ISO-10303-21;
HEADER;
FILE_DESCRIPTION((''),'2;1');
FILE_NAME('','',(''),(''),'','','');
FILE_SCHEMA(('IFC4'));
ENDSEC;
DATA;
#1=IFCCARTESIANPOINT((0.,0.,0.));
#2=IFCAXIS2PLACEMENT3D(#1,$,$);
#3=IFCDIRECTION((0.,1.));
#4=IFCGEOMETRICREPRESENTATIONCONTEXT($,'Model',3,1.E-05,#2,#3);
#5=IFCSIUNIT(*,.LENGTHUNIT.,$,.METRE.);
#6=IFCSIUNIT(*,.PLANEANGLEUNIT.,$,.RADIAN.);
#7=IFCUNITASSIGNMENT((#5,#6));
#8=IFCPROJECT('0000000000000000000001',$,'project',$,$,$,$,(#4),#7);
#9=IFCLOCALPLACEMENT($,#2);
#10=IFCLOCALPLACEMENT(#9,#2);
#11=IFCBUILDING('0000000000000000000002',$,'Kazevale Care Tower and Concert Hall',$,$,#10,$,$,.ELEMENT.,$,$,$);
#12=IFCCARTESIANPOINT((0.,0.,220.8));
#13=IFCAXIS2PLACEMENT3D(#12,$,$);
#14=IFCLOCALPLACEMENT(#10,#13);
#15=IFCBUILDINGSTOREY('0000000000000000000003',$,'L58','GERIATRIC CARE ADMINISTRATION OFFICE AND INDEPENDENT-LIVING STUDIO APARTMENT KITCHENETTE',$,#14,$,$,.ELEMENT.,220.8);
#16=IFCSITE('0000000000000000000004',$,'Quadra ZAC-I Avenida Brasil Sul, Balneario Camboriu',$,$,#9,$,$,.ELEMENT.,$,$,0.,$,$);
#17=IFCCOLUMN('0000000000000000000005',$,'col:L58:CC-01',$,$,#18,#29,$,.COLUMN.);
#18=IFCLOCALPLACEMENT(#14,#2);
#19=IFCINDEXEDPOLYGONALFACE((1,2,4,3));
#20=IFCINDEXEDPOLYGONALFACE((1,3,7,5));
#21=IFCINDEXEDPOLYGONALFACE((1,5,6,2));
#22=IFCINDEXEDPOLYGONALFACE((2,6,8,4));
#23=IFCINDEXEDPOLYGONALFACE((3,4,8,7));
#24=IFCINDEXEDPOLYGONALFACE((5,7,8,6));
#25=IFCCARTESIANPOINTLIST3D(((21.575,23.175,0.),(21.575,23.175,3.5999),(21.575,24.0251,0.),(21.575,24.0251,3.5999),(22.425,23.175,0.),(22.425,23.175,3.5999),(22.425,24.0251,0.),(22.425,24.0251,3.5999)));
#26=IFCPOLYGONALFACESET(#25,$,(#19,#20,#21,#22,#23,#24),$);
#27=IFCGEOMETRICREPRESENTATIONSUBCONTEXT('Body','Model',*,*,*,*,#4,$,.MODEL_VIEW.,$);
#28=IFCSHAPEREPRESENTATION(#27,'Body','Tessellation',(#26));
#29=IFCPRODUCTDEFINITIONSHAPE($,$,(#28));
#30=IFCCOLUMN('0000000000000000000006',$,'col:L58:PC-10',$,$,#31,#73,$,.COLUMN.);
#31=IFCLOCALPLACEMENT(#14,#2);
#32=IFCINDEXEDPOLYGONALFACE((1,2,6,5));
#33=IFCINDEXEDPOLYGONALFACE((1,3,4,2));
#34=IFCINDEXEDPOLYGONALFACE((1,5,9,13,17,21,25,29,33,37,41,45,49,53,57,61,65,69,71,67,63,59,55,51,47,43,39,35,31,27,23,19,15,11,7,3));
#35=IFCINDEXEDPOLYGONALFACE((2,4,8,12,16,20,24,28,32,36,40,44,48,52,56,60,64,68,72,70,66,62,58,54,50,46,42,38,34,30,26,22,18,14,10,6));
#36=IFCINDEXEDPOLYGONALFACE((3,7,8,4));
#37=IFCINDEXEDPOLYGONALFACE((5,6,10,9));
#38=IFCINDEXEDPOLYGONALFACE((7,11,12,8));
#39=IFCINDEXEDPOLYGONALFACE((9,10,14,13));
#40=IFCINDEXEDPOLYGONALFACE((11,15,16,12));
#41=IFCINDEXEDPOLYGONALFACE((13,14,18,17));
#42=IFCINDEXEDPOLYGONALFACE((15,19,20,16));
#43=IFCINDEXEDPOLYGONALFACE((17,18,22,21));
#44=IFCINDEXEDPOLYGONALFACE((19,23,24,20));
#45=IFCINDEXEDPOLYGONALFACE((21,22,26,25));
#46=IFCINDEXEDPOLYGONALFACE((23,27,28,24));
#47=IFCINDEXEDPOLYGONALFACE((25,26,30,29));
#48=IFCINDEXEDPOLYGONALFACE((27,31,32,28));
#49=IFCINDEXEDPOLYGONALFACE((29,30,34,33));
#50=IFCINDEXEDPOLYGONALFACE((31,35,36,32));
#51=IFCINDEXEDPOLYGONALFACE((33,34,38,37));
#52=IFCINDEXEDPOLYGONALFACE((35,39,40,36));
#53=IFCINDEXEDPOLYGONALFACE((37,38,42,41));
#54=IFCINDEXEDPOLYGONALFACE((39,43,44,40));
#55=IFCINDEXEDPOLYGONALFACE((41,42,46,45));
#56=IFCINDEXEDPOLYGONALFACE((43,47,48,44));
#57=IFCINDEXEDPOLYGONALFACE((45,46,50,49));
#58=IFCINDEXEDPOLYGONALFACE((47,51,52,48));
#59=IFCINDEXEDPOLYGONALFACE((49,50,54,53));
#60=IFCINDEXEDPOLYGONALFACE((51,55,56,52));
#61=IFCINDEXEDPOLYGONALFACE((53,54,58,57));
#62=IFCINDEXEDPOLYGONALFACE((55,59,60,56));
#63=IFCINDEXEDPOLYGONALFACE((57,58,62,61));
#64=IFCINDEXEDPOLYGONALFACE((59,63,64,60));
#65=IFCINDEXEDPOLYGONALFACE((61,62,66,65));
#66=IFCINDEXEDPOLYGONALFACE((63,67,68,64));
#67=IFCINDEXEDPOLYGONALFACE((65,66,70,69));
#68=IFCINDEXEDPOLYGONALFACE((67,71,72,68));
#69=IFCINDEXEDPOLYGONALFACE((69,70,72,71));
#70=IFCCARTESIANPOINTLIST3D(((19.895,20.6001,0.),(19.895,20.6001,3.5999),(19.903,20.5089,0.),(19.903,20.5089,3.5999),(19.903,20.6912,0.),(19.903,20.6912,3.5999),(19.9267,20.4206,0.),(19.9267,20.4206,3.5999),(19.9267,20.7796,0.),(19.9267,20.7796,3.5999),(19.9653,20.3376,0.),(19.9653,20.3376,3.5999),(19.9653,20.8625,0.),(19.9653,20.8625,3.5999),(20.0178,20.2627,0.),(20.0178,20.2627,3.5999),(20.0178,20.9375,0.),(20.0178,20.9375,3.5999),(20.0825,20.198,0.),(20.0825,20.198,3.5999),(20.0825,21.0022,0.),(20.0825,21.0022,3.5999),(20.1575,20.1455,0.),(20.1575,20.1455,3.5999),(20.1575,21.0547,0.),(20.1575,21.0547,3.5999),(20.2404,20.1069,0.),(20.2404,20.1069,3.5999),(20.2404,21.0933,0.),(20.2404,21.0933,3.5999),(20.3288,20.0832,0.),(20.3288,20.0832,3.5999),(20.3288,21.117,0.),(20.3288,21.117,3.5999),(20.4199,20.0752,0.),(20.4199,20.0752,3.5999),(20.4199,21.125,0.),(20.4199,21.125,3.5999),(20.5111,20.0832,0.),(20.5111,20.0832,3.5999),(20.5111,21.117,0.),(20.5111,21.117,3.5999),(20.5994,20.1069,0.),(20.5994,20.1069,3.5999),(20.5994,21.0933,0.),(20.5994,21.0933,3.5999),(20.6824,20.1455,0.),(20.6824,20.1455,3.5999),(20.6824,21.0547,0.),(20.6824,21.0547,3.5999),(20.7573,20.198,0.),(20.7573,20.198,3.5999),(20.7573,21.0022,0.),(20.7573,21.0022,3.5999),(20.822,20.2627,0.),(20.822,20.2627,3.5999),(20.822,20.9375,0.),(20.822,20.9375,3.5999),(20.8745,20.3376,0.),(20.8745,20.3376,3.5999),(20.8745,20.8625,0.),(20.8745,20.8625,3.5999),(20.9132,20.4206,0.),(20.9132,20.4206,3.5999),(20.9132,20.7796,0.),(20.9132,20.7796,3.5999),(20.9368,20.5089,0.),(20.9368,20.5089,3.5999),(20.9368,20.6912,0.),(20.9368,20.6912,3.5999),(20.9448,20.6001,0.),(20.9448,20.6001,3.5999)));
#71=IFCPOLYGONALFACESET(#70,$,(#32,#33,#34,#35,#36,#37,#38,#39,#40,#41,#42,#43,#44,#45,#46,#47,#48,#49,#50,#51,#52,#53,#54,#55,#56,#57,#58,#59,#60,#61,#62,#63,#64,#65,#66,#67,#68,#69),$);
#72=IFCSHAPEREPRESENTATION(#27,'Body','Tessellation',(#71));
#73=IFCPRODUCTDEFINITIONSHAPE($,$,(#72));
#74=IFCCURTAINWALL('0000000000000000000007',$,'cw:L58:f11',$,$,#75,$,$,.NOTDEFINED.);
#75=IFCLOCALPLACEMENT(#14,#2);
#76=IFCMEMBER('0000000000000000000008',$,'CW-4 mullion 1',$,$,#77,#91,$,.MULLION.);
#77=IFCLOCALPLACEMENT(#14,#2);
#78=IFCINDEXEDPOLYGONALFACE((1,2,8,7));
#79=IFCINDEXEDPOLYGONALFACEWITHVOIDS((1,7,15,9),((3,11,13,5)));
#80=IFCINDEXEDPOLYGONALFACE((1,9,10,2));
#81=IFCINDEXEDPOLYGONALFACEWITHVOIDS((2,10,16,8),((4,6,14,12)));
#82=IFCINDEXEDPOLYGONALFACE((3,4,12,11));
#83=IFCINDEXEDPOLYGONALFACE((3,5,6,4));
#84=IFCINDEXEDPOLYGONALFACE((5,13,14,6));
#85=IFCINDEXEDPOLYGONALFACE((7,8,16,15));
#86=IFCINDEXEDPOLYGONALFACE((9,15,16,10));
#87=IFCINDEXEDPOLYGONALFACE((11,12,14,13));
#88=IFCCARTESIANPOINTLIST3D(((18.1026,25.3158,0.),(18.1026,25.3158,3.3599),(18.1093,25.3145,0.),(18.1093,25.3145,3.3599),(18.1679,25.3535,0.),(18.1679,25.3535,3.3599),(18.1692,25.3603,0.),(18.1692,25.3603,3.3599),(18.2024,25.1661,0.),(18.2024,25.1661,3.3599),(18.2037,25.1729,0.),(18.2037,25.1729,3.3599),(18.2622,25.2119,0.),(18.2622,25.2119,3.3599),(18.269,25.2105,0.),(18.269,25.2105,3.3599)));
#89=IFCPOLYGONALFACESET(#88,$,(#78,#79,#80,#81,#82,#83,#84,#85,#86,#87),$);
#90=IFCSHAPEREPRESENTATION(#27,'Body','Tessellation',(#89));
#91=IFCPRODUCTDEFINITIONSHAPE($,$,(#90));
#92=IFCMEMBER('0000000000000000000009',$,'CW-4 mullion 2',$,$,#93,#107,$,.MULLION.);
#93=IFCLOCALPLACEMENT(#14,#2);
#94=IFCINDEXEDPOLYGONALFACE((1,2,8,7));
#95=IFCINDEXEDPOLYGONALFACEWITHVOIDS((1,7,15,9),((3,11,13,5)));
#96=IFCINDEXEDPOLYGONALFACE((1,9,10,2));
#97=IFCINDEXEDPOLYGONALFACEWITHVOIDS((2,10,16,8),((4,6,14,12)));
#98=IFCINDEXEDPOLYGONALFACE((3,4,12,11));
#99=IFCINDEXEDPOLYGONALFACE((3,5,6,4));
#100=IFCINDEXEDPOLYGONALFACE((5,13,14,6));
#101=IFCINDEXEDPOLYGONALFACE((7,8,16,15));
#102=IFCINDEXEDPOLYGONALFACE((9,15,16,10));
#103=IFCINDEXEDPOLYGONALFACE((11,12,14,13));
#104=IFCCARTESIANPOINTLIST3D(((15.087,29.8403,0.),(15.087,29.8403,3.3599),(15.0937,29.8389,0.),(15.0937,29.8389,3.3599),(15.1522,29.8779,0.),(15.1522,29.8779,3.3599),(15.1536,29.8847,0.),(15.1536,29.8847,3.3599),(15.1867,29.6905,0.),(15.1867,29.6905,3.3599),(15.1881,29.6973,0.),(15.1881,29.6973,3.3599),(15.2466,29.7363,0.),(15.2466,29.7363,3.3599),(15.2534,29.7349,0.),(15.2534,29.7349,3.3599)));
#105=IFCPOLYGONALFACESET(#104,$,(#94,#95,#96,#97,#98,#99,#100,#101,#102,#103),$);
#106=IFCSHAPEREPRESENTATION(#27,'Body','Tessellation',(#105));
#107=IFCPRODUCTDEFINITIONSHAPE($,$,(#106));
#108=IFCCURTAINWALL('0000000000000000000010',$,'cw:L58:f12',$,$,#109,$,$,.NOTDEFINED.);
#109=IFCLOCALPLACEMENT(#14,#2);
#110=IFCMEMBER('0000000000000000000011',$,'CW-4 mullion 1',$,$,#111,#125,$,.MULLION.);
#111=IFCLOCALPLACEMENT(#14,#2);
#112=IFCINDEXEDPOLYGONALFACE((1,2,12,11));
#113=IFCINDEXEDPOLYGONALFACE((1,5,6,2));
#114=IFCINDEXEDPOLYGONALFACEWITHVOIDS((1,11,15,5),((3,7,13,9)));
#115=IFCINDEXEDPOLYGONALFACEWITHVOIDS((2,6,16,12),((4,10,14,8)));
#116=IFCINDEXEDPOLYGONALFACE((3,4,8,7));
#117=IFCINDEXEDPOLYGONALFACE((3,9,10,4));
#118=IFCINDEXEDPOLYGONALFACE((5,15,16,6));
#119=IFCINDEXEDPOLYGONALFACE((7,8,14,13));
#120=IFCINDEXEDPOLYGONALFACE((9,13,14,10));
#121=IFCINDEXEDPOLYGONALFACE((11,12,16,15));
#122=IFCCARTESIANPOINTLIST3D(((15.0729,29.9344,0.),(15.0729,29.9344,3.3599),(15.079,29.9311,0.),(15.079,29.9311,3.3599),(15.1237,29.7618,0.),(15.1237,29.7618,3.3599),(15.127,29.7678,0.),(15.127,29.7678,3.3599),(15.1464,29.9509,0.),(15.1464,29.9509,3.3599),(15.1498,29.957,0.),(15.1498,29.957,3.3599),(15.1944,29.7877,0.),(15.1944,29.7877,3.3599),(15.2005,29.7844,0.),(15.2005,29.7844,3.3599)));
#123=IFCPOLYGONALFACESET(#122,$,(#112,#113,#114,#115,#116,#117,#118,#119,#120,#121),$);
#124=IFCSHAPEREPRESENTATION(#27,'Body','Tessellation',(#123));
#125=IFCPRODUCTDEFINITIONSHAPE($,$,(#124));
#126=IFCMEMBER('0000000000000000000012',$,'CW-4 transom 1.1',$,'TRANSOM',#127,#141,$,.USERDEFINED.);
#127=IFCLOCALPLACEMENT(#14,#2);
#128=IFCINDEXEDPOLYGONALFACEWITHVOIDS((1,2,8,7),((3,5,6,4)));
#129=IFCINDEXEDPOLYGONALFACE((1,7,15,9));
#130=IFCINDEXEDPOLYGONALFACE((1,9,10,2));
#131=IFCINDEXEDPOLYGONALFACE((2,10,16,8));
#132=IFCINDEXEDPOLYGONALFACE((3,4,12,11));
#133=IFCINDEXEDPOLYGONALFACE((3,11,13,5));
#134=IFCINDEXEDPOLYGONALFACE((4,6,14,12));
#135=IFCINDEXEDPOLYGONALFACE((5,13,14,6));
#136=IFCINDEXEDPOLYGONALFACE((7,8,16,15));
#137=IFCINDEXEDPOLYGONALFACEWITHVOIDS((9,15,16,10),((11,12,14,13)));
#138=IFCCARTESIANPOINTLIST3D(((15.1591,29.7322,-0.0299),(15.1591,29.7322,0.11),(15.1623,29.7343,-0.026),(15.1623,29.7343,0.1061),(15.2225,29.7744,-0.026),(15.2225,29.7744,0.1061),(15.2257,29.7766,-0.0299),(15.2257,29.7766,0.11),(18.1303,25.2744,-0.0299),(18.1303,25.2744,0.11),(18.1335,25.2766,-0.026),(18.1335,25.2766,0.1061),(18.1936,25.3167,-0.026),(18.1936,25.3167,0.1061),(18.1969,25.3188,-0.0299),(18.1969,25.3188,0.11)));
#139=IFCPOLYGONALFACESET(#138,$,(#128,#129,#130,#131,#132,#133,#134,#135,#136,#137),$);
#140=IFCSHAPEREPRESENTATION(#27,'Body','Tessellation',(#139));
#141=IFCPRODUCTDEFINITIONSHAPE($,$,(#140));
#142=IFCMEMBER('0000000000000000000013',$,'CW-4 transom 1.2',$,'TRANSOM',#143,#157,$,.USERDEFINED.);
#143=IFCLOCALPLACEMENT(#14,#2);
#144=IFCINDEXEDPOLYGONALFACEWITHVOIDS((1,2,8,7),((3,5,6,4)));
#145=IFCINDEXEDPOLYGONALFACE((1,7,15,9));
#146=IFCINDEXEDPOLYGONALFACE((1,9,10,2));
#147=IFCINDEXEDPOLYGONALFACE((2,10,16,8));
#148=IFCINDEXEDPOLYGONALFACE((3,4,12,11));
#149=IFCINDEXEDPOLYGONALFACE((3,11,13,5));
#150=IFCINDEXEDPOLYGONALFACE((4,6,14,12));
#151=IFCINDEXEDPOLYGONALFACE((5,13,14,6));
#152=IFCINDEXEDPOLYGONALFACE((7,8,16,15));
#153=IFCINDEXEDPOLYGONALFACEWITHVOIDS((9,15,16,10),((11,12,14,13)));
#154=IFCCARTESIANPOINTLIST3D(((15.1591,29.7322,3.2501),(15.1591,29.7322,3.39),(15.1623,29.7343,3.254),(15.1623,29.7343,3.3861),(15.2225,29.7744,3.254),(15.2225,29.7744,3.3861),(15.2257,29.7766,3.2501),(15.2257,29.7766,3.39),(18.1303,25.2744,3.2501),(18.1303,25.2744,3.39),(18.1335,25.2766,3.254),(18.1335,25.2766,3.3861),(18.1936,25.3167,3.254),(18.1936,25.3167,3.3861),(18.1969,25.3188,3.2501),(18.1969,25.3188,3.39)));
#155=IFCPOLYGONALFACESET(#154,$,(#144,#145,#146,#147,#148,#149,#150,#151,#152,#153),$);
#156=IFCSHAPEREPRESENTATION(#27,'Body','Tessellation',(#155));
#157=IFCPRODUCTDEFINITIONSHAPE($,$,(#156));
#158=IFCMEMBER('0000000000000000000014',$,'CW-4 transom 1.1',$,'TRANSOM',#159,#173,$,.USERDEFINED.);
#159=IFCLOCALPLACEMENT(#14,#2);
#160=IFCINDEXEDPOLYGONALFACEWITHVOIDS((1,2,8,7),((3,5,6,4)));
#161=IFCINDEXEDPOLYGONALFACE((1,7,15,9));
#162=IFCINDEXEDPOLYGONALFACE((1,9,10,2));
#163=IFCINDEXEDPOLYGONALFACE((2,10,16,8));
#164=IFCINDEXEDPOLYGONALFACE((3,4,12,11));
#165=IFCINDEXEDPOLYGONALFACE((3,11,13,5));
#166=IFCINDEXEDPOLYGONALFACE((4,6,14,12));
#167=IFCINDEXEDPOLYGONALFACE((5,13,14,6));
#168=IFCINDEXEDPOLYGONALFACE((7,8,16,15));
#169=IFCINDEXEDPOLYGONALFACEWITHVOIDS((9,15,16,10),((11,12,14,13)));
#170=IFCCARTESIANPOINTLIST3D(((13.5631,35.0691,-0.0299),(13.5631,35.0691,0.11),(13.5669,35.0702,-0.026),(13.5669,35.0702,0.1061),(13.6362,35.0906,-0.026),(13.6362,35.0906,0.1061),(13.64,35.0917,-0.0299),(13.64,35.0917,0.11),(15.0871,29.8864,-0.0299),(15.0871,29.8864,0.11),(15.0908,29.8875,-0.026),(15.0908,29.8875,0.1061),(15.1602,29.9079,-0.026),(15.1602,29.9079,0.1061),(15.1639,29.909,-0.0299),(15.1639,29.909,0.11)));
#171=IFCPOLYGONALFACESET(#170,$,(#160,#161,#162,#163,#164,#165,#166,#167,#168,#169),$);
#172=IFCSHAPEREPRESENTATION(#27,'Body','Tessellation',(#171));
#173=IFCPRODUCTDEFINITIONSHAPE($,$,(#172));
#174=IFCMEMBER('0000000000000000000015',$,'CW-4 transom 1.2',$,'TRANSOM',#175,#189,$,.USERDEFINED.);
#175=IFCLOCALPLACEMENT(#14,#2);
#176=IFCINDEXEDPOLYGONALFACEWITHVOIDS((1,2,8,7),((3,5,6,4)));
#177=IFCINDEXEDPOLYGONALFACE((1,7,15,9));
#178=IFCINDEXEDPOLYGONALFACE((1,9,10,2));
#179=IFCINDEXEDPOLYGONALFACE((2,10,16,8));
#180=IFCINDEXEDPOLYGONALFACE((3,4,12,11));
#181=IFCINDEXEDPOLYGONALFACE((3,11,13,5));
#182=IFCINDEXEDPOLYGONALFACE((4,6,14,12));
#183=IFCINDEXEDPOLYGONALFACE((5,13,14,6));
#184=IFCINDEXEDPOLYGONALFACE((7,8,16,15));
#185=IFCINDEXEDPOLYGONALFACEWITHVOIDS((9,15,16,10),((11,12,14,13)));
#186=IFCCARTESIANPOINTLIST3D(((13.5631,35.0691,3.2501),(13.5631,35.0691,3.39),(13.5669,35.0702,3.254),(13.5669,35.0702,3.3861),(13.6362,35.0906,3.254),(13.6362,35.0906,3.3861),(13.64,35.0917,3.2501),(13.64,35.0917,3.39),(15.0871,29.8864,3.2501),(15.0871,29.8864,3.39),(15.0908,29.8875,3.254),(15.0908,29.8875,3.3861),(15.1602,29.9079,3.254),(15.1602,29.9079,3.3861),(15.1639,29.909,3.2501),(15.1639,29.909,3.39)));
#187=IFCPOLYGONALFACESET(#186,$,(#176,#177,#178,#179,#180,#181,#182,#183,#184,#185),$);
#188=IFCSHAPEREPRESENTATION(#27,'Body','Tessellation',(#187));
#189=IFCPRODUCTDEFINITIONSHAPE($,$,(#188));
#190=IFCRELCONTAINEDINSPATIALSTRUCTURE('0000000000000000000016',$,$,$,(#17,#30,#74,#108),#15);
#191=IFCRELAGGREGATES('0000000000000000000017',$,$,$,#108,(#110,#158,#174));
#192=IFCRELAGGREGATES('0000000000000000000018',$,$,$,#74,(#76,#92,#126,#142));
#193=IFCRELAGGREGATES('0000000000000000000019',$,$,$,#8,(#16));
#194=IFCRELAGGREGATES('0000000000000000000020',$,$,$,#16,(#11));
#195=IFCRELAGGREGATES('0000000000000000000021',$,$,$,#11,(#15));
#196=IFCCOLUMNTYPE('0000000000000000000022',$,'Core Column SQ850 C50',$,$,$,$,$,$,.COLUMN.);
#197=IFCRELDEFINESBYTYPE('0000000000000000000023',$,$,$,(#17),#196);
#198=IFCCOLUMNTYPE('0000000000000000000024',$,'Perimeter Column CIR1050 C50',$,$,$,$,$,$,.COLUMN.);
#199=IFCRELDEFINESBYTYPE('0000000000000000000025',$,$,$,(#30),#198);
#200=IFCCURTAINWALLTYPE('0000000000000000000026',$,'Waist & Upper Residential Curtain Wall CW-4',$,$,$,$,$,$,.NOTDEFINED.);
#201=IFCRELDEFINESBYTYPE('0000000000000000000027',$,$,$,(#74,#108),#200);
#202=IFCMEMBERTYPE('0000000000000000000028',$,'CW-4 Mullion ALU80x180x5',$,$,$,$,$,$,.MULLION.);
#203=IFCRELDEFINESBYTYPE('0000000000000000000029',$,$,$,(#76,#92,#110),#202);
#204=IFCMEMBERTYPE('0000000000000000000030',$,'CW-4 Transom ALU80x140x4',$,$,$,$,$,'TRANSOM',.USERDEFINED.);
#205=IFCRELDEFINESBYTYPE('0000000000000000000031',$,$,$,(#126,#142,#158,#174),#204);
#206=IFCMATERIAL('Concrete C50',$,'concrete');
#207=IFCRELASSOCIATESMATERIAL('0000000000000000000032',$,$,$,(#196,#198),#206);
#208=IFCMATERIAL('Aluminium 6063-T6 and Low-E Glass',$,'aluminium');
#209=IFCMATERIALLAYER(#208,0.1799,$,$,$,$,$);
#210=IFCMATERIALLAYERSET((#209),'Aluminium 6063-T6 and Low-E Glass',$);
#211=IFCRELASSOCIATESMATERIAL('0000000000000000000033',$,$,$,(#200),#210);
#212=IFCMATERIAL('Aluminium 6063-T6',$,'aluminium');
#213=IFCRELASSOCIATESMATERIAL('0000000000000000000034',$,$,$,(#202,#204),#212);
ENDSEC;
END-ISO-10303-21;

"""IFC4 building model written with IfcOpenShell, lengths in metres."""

from ifc_helpers import new_model, si_unit, direction, frame, origin, origin_2d, place, context, subcontext, project, spatial, rectangle, hollow_rectangle, circle, extrude, material, layer, layer_set, material_profile, profile_set, type_object, element, aggregate, save


model = new_model("IFC4")

# Units and contexts
model_context = context("Model", 3, precision=1e-05, world=origin(), true_north=direction((0.0, 1.0)))
body_context = subcontext(model_context, "Body", "Model", "MODEL_VIEW")
ifc_project = project(units=[si_unit("LENGTHUNIT", "METRE"), si_unit("PLANEANGLEUNIT", "RADIAN")], contexts=[model_context])

# Site, building, storey
site_placement = place(None, origin())
site = spatial("IfcSite", under=ifc_project, at=site_placement, Name="Quadra ZAC-I Avenida Brasil Sul, Balneario Camboriu", CompositionType="ELEMENT", RefElevation=0.0)
building_placement = place(site_placement, origin())
building = spatial("IfcBuilding", under=site, at=building_placement, Name="Kazevale Care Tower and Concert Hall", CompositionType="ELEMENT")
storey_placement = place(building_placement, frame((0.0, 0.0, 220.8)))
storey = spatial("IfcBuildingStorey", under=building, at=storey_placement, Name="L58", Description="GERIATRIC CARE ADMINISTRATION OFFICE AND INDEPENDENT-LIVING STUDIO APARTMENT KITCHENETTE", CompositionType="ELEMENT", Elevation=220.8)

# Columns
ifc_material_1 = material(Name="Concrete C50", Category="concrete")
ifc_material_profile_1 = material_profile(ifc_material_1, rectangle(XDim=0.8501, YDim=0.8501, at=origin_2d()), Name="RC-SQ850")
ifc_profile_set_1 = profile_set([ifc_material_profile_1], Name="Concrete C50")
column_type_1 = type_object("IfcColumnType", Name="Core Column SQ850 C50", PredefinedType="COLUMN", material=ifc_profile_set_1)
column_1_placement = place(storey_placement, frame((22.0, 23.6001, 0.0), z_axis=(0.0, 0.0, 1.0), x_axis=(1.0, 0.0, 0.0)))
element("IfcColumn", 1, at=column_1_placement, inside=storey, type_object=column_type_1, Name="col:L58:CC-01", PredefinedType="COLUMN", context=body_context, shape_type="SweptSolid", body=[
    extrude(rectangle(XDim=0.8501, YDim=0.8501, at=origin_2d()), origin(), (0.0, 0.0, 1.0), 3.5999),
])
ifc_material_profile_2 = material_profile(ifc_material_1, circle(Radius=0.5249, at=origin_2d()), Name="RC-CIR1050")
ifc_profile_set_2 = profile_set([ifc_material_profile_2], Name="Concrete C50")
column_type_2 = type_object("IfcColumnType", Name="Perimeter Column CIR1050 C50", PredefinedType="COLUMN", material=ifc_profile_set_2)
column_2_placement = place(storey_placement, frame((20.4199, 20.6001, 0.0), z_axis=(0.0, 0.0, 1.0), x_axis=(1.0, 0.0, 0.0)))
element("IfcColumn", 2, at=column_2_placement, inside=storey, type_object=column_type_2, Name="col:L58:PC-10", PredefinedType="COLUMN", context=body_context, shape_type="SweptSolid", body=[
    extrude(circle(Radius=0.5249, at=origin_2d()), origin(), (0.0, 0.0, 1.0), 3.5999),
])

# Curtain wall, members
ifc_material_2 = material(Name="Aluminium 6063-T6 and Low-E Glass", Category="aluminium")
ifc_layer_1 = layer(ifc_material_2, 0.1799)
ifc_layer_set_1 = layer_set([ifc_layer_1], Name="Aluminium 6063-T6 and Low-E Glass")
curtain_wall_type_1 = type_object("IfcCurtainWallType", Name="Waist & Upper Residential Curtain Wall CW-4", PredefinedType="NOTDEFINED", material=ifc_layer_set_1)
curtain_wall_1_placement = place(storey_placement, origin())
curtain_wall_1 = element("IfcCurtainWall", 3, at=curtain_wall_1_placement, inside=storey, type_object=curtain_wall_type_1, Name="cw:L58:f11", PredefinedType="NOTDEFINED")
ifc_material_3 = material(Name="Aluminium 6063-T6", Category="aluminium")
ifc_material_profile_3 = material_profile(ifc_material_3, hollow_rectangle(XDim=0.0801, YDim=0.1799, WallThickness=0.0049, at=origin_2d()), Name="ALU80x180x5")
ifc_profile_set_3 = profile_set([ifc_material_profile_3], Name="Aluminium 6063-T6")
member_type_1 = type_object("IfcMemberType", Name="CW-4 Mullion ALU80x180x5", PredefinedType="MULLION", material=ifc_profile_set_3)
member_1_placement = place(storey_placement, frame((18.1858, 25.2632, 0.0), z_axis=(0.0, 0.0, 1.0), x_axis=(-0.832106, -0.554617, 0.0)))
member_1 = element("IfcMember", 4, at=member_1_placement, type_object=member_type_1, Name="CW-4 mullion 1", PredefinedType="MULLION", context=body_context, shape_type="SweptSolid", body=[
    extrude(hollow_rectangle(XDim=0.0801, YDim=0.1799, WallThickness=0.0049, at=origin_2d()), origin(), (0.0, 0.0, 1.0), 3.3599),
])
member_2_placement = place(storey_placement, frame((15.1702, 29.7876, 0.0), z_axis=(0.0, 0.0, 1.0), x_axis=(-0.832106, -0.554617, 0.0)))
member_2 = element("IfcMember", 5, at=member_2_placement, type_object=member_type_1, Name="CW-4 mullion 2", PredefinedType="MULLION", context=body_context, shape_type="SweptSolid", body=[
    extrude(hollow_rectangle(XDim=0.0801, YDim=0.1799, WallThickness=0.0049, at=origin_2d()), origin(), (0.0, 0.0, 1.0), 3.3599),
])

# Curtain wall, member
curtain_wall_2_placement = place(storey_placement, origin())
curtain_wall_2 = element("IfcCurtainWall", 6, at=curtain_wall_2_placement, inside=storey, type_object=curtain_wall_type_1, Name="cw:L58:f12", PredefinedType="NOTDEFINED")
member_3_placement = place(storey_placement, frame((15.1367, 29.8594, 0.0), z_axis=(0.0, 0.0, 1.0), x_axis=(-0.959386, -0.282098, 0.0)))
member_3 = element("IfcMember", 7, at=member_3_placement, type_object=member_type_1, Name="CW-4 mullion 1", PredefinedType="MULLION", context=body_context, shape_type="SweptSolid", body=[
    extrude(hollow_rectangle(XDim=0.0801, YDim=0.1799, WallThickness=0.0049, at=origin_2d()), origin(), (0.0, 0.0, 1.0), 3.3599),
])

# Members
ifc_material_profile_4 = material_profile(ifc_material_3, hollow_rectangle(XDim=0.0801, YDim=0.1399, WallThickness=0.0039, at=origin_2d()), Name="ALU80x140x4")
ifc_profile_set_4 = profile_set([ifc_material_profile_4], Name="Aluminium 6063-T6")
member_type_2 = type_object("IfcMemberType", Name="CW-4 Transom ALU80x140x4", ElementType="TRANSOM", PredefinedType="USERDEFINED", material=ifc_profile_set_4)
member_4_placement = place(storey_placement, frame((18.1636, 25.2966, 0.04), z_axis=(-0.554616, 0.832106, 0.0), x_axis=(-0.832106, -0.554616, 0.0)))
member_4 = element("IfcMember", 8, at=member_4_placement, type_object=member_type_2, Name="CW-4 transom 1.1", ObjectType="TRANSOM", PredefinedType="USERDEFINED", context=body_context, shape_type="SweptSolid", body=[
    extrude(hollow_rectangle(XDim=0.0801, YDim=0.1399, WallThickness=0.0039, at=origin_2d()), origin(), (0.0, 0.0, 1.0), 5.3572),
])
member_5_placement = place(storey_placement, frame((18.1636, 25.2966, 3.3201), z_axis=(-0.554616, 0.832106, 0.0), x_axis=(-0.832106, -0.554616, 0.0)))
member_5 = element("IfcMember", 9, at=member_5_placement, type_object=member_type_2, Name="CW-4 transom 1.2", ObjectType="TRANSOM", PredefinedType="USERDEFINED", context=body_context, shape_type="SweptSolid", body=[
    extrude(hollow_rectangle(XDim=0.0801, YDim=0.1399, WallThickness=0.0039, at=origin_2d()), origin(), (0.0, 0.0, 1.0), 5.3572),
])
member_6_placement = place(storey_placement, frame((15.1255, 29.8977, 0.04), z_axis=(-0.282103, 0.959384, 0.0), x_axis=(-0.959384, -0.282103, 0.0)))
member_6 = element("IfcMember", 10, at=member_6_placement, type_object=member_type_2, Name="CW-4 transom 1.1", ObjectType="TRANSOM", PredefinedType="USERDEFINED", context=body_context, shape_type="SweptSolid", body=[
    extrude(hollow_rectangle(XDim=0.0801, YDim=0.1399, WallThickness=0.0039, at=origin_2d()), origin(), (0.0, 0.0, 1.0), 5.4021),
])
member_7_placement = place(storey_placement, frame((15.1255, 29.8977, 3.3201), z_axis=(-0.282103, 0.959384, 0.0), x_axis=(-0.959384, -0.282103, 0.0)))
member_7 = element("IfcMember", 11, at=member_7_placement, type_object=member_type_2, Name="CW-4 transom 1.2", ObjectType="TRANSOM", PredefinedType="USERDEFINED", context=body_context, shape_type="SweptSolid", body=[
    extrude(hollow_rectangle(XDim=0.0801, YDim=0.1399, WallThickness=0.0039, at=origin_2d()), origin(), (0.0, 0.0, 1.0), 5.4021),
])
aggregate(curtain_wall_2, [member_3, member_6, member_7])

aggregate(curtain_wall_1, [member_1, member_2, member_4, member_5])

save(model, "model.ifc")
